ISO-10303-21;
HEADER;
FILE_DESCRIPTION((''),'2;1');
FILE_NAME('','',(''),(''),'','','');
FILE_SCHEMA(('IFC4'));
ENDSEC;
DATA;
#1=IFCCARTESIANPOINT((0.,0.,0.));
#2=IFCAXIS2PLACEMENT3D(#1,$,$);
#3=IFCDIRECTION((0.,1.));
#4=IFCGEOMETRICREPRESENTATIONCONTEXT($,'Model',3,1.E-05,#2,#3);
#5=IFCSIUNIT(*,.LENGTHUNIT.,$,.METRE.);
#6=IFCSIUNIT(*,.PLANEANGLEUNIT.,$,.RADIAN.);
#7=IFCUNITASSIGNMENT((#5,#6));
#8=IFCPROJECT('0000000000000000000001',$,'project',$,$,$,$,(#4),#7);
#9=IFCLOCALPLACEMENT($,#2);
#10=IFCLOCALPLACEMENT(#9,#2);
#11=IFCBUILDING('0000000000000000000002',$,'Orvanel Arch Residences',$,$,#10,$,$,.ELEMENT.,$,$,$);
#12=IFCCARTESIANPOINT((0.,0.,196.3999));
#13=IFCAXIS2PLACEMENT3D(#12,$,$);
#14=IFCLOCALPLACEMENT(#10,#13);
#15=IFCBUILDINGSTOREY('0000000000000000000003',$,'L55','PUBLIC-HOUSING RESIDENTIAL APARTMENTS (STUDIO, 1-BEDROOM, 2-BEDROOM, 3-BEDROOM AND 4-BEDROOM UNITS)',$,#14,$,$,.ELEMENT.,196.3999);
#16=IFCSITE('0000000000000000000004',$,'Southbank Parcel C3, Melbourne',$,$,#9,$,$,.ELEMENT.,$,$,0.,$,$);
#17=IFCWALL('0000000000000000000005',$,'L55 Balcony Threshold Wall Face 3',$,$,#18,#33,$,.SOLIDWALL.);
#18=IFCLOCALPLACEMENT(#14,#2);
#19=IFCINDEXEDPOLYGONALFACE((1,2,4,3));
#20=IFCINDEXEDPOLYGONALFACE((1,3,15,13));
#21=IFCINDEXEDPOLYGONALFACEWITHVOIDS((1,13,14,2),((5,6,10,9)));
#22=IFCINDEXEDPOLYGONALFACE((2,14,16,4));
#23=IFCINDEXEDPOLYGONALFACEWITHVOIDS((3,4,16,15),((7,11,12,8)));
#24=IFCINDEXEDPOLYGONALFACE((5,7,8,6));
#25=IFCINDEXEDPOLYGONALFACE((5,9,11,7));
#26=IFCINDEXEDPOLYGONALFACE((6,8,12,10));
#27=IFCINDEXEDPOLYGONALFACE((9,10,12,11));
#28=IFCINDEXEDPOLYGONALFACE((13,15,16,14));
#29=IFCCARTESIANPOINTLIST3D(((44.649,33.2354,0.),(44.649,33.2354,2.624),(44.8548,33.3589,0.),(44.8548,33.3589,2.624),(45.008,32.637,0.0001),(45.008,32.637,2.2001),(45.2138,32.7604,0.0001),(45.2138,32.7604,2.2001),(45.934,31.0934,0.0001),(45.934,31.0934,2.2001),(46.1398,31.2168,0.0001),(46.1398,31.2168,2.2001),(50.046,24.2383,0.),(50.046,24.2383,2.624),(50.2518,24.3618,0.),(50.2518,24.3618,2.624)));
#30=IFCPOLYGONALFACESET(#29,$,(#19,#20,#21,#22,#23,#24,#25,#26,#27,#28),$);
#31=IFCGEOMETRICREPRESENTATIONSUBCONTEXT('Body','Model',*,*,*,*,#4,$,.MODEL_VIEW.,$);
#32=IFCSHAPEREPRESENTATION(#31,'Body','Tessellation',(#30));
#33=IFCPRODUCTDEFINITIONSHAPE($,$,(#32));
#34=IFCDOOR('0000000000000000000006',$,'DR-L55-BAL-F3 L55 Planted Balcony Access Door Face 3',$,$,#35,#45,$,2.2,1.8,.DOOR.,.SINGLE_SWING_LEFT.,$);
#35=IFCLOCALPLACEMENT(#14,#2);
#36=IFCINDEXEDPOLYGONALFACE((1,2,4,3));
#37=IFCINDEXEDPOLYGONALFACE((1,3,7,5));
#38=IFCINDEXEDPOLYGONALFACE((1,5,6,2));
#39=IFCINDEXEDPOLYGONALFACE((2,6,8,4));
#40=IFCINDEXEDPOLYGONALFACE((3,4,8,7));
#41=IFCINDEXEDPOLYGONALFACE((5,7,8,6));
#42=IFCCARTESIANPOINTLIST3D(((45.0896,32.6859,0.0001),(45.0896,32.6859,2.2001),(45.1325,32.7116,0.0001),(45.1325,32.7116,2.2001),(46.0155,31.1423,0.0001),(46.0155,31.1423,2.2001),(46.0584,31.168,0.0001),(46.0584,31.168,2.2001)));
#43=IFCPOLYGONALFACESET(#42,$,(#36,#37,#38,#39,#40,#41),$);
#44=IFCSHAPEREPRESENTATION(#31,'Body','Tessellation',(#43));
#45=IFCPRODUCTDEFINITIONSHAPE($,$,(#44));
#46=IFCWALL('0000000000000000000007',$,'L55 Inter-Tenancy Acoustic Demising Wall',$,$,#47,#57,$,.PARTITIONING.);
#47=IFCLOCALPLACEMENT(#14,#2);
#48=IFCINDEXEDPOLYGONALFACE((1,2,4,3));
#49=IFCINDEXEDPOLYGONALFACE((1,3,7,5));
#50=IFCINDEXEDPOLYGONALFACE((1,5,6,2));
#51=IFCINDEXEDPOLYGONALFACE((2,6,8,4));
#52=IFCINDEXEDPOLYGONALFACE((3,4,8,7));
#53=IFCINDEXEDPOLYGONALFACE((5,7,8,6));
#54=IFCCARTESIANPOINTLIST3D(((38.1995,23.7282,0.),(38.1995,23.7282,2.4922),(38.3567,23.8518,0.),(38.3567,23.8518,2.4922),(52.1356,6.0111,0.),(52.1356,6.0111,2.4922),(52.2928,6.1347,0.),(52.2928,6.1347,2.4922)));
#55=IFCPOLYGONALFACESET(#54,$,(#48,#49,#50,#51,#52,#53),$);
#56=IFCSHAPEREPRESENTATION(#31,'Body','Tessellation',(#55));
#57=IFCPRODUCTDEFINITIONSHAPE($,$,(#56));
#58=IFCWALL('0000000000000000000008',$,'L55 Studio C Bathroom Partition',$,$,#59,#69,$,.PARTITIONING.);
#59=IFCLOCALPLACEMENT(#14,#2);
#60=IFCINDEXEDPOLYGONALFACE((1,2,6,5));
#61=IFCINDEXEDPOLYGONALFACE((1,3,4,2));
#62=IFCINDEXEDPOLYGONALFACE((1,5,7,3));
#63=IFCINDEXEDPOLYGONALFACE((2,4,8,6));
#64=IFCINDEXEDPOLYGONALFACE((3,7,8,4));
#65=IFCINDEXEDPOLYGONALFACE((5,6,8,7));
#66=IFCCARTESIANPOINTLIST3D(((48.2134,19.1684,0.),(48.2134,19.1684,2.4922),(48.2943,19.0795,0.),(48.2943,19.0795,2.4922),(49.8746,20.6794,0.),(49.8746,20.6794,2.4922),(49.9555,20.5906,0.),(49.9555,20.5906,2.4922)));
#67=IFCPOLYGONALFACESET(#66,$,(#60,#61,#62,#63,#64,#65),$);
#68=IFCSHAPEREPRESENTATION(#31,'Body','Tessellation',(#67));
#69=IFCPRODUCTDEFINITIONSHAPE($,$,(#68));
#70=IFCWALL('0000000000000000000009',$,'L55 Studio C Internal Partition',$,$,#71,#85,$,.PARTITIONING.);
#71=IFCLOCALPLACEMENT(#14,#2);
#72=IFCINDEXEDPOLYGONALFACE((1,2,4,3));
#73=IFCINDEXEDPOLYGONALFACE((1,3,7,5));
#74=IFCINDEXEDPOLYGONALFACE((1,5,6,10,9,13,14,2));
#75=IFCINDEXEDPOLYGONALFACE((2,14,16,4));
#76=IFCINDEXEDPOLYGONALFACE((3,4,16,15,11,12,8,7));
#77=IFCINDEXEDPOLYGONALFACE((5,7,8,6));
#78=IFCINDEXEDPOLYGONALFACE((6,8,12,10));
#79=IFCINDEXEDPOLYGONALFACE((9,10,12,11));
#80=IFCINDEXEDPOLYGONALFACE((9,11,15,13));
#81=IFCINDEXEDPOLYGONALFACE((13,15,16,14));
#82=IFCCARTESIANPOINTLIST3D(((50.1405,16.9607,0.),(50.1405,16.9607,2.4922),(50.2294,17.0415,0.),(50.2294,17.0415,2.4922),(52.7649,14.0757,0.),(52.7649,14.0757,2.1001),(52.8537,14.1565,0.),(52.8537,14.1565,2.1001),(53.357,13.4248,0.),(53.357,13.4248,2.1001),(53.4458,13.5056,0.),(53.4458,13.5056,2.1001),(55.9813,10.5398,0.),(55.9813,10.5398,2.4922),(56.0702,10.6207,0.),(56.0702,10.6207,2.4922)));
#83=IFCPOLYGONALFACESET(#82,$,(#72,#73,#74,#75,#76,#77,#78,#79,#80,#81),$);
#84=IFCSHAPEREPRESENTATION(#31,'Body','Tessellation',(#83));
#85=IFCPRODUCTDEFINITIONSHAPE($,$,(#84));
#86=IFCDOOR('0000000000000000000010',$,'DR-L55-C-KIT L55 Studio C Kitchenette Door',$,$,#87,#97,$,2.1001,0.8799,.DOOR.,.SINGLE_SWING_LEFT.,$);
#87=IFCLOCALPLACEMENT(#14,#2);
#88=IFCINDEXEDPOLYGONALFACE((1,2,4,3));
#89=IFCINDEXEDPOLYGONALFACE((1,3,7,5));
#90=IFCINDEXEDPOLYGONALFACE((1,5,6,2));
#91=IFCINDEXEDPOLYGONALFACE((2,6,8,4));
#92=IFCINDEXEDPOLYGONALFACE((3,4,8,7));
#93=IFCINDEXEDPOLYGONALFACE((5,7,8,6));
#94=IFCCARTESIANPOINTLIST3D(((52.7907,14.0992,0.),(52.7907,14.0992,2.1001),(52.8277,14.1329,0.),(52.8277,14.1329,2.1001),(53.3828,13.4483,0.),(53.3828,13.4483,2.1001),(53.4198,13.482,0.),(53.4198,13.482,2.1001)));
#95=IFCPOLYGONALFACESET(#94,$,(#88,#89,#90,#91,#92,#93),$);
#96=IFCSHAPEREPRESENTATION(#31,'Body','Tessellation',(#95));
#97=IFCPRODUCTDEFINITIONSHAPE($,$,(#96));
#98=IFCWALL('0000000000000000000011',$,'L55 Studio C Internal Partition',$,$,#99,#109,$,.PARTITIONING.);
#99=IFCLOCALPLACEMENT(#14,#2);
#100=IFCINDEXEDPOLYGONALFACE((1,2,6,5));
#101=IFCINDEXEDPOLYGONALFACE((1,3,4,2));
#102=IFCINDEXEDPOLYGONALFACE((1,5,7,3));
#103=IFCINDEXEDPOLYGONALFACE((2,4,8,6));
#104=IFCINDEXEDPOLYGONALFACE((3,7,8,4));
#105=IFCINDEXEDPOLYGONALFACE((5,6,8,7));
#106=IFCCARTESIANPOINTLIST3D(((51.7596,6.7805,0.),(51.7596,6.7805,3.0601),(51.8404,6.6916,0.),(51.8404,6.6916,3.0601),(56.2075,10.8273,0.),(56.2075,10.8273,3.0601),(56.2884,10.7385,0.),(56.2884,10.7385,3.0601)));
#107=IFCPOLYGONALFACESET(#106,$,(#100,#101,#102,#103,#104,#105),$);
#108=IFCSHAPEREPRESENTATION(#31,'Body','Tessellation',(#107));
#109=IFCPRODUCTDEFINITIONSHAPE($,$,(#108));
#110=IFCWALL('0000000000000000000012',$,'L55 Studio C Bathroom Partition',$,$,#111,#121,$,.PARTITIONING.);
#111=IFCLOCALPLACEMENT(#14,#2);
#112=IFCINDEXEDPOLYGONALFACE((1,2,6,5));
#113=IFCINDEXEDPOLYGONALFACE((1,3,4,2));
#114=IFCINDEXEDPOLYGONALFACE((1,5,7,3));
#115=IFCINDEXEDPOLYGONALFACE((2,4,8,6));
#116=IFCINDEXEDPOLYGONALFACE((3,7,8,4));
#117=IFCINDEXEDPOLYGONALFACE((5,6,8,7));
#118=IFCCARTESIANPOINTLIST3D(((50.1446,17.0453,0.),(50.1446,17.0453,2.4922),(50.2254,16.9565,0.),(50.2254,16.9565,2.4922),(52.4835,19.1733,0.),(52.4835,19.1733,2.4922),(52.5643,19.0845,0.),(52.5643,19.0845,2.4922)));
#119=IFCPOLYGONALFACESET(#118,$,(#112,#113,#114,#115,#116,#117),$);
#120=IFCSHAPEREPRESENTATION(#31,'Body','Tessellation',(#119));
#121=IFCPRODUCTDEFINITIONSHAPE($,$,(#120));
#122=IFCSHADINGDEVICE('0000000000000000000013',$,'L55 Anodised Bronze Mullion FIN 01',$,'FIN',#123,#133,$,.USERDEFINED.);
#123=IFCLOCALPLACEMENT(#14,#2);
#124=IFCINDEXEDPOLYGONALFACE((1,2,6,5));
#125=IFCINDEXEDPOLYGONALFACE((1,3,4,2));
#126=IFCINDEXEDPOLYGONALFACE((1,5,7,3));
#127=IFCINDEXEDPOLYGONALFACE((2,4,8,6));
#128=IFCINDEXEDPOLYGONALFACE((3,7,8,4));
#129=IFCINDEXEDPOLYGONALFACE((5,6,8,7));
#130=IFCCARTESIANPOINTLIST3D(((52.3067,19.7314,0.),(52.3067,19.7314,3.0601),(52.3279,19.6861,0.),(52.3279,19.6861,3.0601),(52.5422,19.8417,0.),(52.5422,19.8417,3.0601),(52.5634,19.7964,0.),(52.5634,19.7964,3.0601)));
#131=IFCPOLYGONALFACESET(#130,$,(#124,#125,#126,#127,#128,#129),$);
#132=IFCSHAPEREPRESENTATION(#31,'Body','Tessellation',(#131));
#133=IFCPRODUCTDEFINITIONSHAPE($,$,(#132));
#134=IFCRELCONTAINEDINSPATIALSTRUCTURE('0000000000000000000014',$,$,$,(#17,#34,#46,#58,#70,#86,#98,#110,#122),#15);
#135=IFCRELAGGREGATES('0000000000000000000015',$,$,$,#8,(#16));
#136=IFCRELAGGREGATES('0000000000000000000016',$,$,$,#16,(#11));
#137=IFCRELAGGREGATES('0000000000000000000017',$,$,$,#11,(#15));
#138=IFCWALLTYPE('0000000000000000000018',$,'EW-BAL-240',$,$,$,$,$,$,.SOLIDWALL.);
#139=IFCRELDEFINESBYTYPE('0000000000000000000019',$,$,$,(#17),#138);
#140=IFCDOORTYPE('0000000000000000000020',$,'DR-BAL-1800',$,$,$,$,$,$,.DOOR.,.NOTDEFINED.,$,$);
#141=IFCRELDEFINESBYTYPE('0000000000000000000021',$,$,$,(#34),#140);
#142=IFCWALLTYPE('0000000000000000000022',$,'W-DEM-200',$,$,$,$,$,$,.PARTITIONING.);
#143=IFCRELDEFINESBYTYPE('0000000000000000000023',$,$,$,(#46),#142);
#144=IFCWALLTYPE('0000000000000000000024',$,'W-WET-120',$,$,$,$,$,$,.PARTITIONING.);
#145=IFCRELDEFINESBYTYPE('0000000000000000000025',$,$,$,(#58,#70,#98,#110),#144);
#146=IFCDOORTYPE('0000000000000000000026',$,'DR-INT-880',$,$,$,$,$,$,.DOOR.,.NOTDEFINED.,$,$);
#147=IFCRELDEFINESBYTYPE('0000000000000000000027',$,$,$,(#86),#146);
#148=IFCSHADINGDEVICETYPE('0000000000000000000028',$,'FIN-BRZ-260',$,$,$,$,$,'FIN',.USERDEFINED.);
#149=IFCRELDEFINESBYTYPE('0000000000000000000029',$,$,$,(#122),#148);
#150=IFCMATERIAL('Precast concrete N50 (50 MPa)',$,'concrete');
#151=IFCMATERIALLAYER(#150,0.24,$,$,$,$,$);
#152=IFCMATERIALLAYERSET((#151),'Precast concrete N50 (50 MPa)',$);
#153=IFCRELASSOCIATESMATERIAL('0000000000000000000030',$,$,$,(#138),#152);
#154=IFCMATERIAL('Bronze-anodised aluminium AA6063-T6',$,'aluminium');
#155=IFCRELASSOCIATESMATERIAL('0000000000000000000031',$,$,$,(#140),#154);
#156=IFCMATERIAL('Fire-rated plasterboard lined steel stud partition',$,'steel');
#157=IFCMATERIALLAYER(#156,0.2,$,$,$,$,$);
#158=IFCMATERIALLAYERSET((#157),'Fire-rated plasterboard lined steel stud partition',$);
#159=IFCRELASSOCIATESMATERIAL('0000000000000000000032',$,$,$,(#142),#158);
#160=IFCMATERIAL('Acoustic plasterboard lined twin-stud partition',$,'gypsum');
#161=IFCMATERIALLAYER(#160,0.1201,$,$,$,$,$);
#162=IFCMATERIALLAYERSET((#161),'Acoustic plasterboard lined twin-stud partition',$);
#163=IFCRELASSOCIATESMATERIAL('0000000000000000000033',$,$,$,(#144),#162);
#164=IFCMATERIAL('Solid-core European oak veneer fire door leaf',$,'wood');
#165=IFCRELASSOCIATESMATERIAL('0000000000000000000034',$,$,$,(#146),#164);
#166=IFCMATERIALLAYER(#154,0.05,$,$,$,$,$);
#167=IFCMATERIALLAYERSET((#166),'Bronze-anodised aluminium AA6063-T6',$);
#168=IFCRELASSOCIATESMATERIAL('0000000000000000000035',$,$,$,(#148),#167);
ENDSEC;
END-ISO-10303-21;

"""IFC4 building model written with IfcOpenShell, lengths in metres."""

from ifc_helpers import new_model, si_unit, direction, frame, frame_2d, origin, origin_2d, place, context, subcontext, project, spatial, rectangle, extrude, material, layer, layer_set, type_object, element, fill, save


model = new_model("IFC4")

# Units and contexts
model_context = context("Model", 3, precision=1e-05, world=origin(), true_north=direction((0.0, 1.0)))
body_context = subcontext(model_context, "Body", "Model", "MODEL_VIEW")
ifc_project = project(units=[si_unit("LENGTHUNIT", "METRE"), si_unit("PLANEANGLEUNIT", "RADIAN")], contexts=[model_context])

# Site, building, storey
site_placement = place(None, origin())
site = spatial("IfcSite", under=ifc_project, at=site_placement, Name="Southbank Parcel C3, Melbourne", CompositionType="ELEMENT", RefElevation=0.0)
building_placement = place(site_placement, origin())
building = spatial("IfcBuilding", under=site, at=building_placement, Name="Orvanel Arch Residences", CompositionType="ELEMENT")
storey_placement = place(building_placement, frame((0.0, 0.0, 196.3999)))
storey = spatial("IfcBuildingStorey", under=building, at=storey_placement, Name="L55", Description="PUBLIC-HOUSING RESIDENTIAL APARTMENTS (STUDIO, 1-BEDROOM, 2-BEDROOM, 3-BEDROOM AND 4-BEDROOM UNITS)", CompositionType="ELEMENT", Elevation=196.3999)

# Shared definitions
ifc_material_1 = material(Name="Bronze-anodised aluminium AA6063-T6", Category="aluminium")

# Wall, opening, door
ifc_material_2 = material(Name="Precast concrete N50 (50 MPa)", Category="concrete")
ifc_layer_1 = layer(ifc_material_2, 0.24)
ifc_layer_set_1 = layer_set([ifc_layer_1], Name="Precast concrete N50 (50 MPa)")
wall_type_1 = type_object("IfcWallType", Name="EW-BAL-240", PredefinedType="SOLIDWALL", material=ifc_layer_set_1)
wall_1_placement = place(storey_placement, frame((50.1489, 24.3, 0.0), z_axis=(0.0, 0.0, 1.0), x_axis=(-0.514407, 0.857546, 0.0)))
wall_1 = element("IfcWall", 1, at=wall_1_placement, inside=storey, type_object=wall_type_1, Name="L55 Balcony Threshold Wall Face 3", PredefinedType="SOLIDWALL", context=body_context, shape_type="SweptSolid", body=[
    extrude(rectangle(XDim=10.4917, YDim=0.24, at=frame_2d((5.2458, 0.0))), origin(), (0.0, 0.0, 1.0), 2.624),
])
opening_1_placement = place(wall_1_placement, frame((7.9939, 0.0, 0.0)))
opening_1 = element("IfcOpeningElement", 2, at=opening_1_placement, cuts=wall_1, PredefinedType="OPENING", context=body_context, shape_type="SweptSolid", body=[
    extrude(rectangle(XDim=1.8, YDim=2.2, at=frame_2d((0.8999, 1.1001))), frame((0.0, 0.1299, 0.0), z_axis=(0.0, -1.0, 0.0), x_axis=(1.0, 0.0, 0.0)), (0.0, 0.0, 1.0), 0.26),
])
door_type_1 = type_object("IfcDoorType", Name="DR-BAL-1800", OperationType="NOTDEFINED", PredefinedType="DOOR", material=ifc_material_1)
door_1_placement = place(opening_1_placement, origin())
door_1 = element("IfcDoor", 3, at=door_1_placement, inside=storey, type_object=door_type_1, Name="DR-L55-BAL-F3 L55 Planted Balcony Access Door Face 3", OperationType="SINGLE_SWING_LEFT", OverallHeight=2.2, OverallWidth=1.8, PredefinedType="DOOR", context=body_context, shape_type="SweptSolid", body=[
    extrude(rectangle(XDim=1.8, YDim=2.2, at=frame_2d((0.8999, 1.1001))), frame((0.0, 0.0249, 0.0), z_axis=(0.0, -1.0, 0.0), x_axis=(1.0, 0.0, 0.0)), (0.0, 0.0, 1.0), 0.05),
])
fill(opening_1, door_1)

# Walls
ifc_material_3 = material(Name="Fire-rated plasterboard lined steel stud partition", Category="steel")
ifc_layer_2 = layer(ifc_material_3, 0.2)
ifc_layer_set_2 = layer_set([ifc_layer_2], Name="Fire-rated plasterboard lined steel stud partition")
wall_type_2 = type_object("IfcWallType", Name="W-DEM-200", PredefinedType="PARTITIONING", material=ifc_layer_set_2)
wall_2_placement = place(storey_placement, frame((52.2141, 6.073, 0.0), z_axis=(0.0, 0.0, 1.0), x_axis=(-0.618247, 0.785984, 0.0)))
element("IfcWall", 4, at=wall_2_placement, inside=storey, type_object=wall_type_2, Name="L55 Inter-Tenancy Acoustic Demising Wall", PredefinedType="PARTITIONING", context=body_context, shape_type="SweptSolid", body=[
    extrude(rectangle(XDim=22.5413, YDim=0.2, at=frame_2d((11.2705, 0.0))), origin(), (0.0, 0.0, 1.0), 2.4922),
])
ifc_material_4 = material(Name="Acoustic plasterboard lined twin-stud partition", Category="gypsum")
ifc_layer_3 = layer(ifc_material_4, 0.1201)
ifc_layer_set_3 = layer_set([ifc_layer_3], Name="Acoustic plasterboard lined twin-stud partition")
wall_type_3 = type_object("IfcWallType", Name="W-WET-120", PredefinedType="PARTITIONING", material=ifc_layer_set_3)
wall_3_placement = place(storey_placement, frame((49.915, 20.635, 0.0), z_axis=(0.0, 0.0, 1.0), x_axis=(-0.739748, -0.672884, 0.0)))
element("IfcWall", 5, at=wall_3_placement, inside=storey, type_object=wall_type_3, Name="L55 Studio C Bathroom Partition", PredefinedType="PARTITIONING", context=body_context, shape_type="SweptSolid", body=[
    extrude(rectangle(XDim=2.2456, YDim=0.1201, at=frame_2d((1.1228, 0.0))), origin(), (0.0, 0.0, 1.0), 2.4922),
])

# Wall, opening, door
wall_4_placement = place(storey_placement, frame((50.1851, 17.001, 0.0), z_axis=(0.0, 0.0, 1.0), x_axis=(0.672902, -0.739731, 0.0)))
wall_4 = element("IfcWall", 6, at=wall_4_placement, inside=storey, type_object=wall_type_3, Name="L55 Studio C Internal Partition", PredefinedType="PARTITIONING", context=body_context, shape_type="SweptSolid", body=[
    extrude(rectangle(XDim=8.6799, YDim=0.1201, at=frame_2d((4.3398, 0.0))), origin(), (0.0, 0.0, 1.0), 2.4922),
])
opening_2_placement = place(wall_4_placement, frame((3.8999, 0.0, 0.0)))
opening_2 = element("IfcOpeningElement", 7, at=opening_2_placement, cuts=wall_4, PredefinedType="OPENING", context=body_context, shape_type="SweptSolid", body=[
    extrude(rectangle(XDim=0.8799, YDim=2.1001, at=frame_2d((0.4399, 1.05))), frame((0.0, 0.0701, 0.0), z_axis=(0.0, -1.0, 0.0), x_axis=(1.0, 0.0, 0.0)), (0.0, 0.0, 1.0), 0.1401),
])
ifc_material_5 = material(Name="Solid-core European oak veneer fire door leaf", Category="wood")
door_type_2 = type_object("IfcDoorType", Name="DR-INT-880", OperationType="NOTDEFINED", PredefinedType="DOOR", material=ifc_material_5)
door_2_placement = place(opening_2_placement, origin())
door_2 = element("IfcDoor", 8, at=door_2_placement, inside=storey, type_object=door_type_2, Name="DR-L55-C-KIT L55 Studio C Kitchenette Door", OperationType="SINGLE_SWING_LEFT", OverallHeight=2.1001, OverallWidth=0.8799, PredefinedType="DOOR", context=body_context, shape_type="SweptSolid", body=[
    extrude(rectangle(XDim=0.8799, YDim=2.1001, at=frame_2d((0.4399, 1.05))), frame((0.0, 0.0249, 0.0), z_axis=(0.0, -1.0, 0.0), x_axis=(1.0, 0.0, 0.0)), (0.0, 0.0, 1.0), 0.05),
])
fill(opening_2, door_2)

# Walls
wall_5_placement = place(storey_placement, frame((56.248, 10.783, 0.0), z_axis=(0.0, 0.0, 1.0), x_axis=(-0.739672, -0.672968, 0.0)))
element("IfcWall", 9, at=wall_5_placement, inside=storey, type_object=wall_type_3, Name="L55 Studio C Internal Partition", PredefinedType="PARTITIONING", context=body_context, shape_type="SweptSolid", body=[
    extrude(rectangle(XDim=6.0134, YDim=0.1201, at=frame_2d((3.0068, 0.0))), origin(), (0.0, 0.0, 1.0), 3.0601),
])
wall_6_placement = place(storey_placement, frame((52.5239, 19.1289, 0.0), z_axis=(0.0, 0.0, 1.0), x_axis=(-0.739674, -0.672965, 0.0)))
element("IfcWall", 10, at=wall_6_placement, inside=storey, type_object=wall_type_3, Name="L55 Studio C Bathroom Partition", PredefinedType="PARTITIONING", context=body_context, shape_type="SweptSolid", body=[
    extrude(rectangle(XDim=3.1621, YDim=0.1201, at=frame_2d((1.5811, 0.0))), origin(), (0.0, 0.0, 1.0), 2.4922),
])

# Shading device
ifc_layer_4 = layer(ifc_material_1, 0.05)
ifc_layer_set_4 = layer_set([ifc_layer_4], Name="Bronze-anodised aluminium AA6063-T6")
shading_device_type = type_object("IfcShadingDeviceType", Name="FIN-BRZ-260", ElementType="FIN", PredefinedType="USERDEFINED", material=ifc_layer_set_4)
shading_device_placement = place(storey_placement, frame((52.4351, 19.7639, 0.0), z_axis=(0.0, 0.0, 1.0), x_axis=(0.905569, 0.424199, 0.0)))
element("IfcShadingDevice", 11, at=shading_device_placement, inside=storey, type_object=shading_device_type, Name="L55 Anodised Bronze Mullion FIN 01", ObjectType="FIN", PredefinedType="USERDEFINED", context=body_context, shape_type="SweptSolid", body=[
    extrude(rectangle(XDim=0.26, YDim=0.05, at=origin_2d()), origin(), (0.0, 0.0, 1.0), 3.0601),
])

save(model, "model.ifc")
